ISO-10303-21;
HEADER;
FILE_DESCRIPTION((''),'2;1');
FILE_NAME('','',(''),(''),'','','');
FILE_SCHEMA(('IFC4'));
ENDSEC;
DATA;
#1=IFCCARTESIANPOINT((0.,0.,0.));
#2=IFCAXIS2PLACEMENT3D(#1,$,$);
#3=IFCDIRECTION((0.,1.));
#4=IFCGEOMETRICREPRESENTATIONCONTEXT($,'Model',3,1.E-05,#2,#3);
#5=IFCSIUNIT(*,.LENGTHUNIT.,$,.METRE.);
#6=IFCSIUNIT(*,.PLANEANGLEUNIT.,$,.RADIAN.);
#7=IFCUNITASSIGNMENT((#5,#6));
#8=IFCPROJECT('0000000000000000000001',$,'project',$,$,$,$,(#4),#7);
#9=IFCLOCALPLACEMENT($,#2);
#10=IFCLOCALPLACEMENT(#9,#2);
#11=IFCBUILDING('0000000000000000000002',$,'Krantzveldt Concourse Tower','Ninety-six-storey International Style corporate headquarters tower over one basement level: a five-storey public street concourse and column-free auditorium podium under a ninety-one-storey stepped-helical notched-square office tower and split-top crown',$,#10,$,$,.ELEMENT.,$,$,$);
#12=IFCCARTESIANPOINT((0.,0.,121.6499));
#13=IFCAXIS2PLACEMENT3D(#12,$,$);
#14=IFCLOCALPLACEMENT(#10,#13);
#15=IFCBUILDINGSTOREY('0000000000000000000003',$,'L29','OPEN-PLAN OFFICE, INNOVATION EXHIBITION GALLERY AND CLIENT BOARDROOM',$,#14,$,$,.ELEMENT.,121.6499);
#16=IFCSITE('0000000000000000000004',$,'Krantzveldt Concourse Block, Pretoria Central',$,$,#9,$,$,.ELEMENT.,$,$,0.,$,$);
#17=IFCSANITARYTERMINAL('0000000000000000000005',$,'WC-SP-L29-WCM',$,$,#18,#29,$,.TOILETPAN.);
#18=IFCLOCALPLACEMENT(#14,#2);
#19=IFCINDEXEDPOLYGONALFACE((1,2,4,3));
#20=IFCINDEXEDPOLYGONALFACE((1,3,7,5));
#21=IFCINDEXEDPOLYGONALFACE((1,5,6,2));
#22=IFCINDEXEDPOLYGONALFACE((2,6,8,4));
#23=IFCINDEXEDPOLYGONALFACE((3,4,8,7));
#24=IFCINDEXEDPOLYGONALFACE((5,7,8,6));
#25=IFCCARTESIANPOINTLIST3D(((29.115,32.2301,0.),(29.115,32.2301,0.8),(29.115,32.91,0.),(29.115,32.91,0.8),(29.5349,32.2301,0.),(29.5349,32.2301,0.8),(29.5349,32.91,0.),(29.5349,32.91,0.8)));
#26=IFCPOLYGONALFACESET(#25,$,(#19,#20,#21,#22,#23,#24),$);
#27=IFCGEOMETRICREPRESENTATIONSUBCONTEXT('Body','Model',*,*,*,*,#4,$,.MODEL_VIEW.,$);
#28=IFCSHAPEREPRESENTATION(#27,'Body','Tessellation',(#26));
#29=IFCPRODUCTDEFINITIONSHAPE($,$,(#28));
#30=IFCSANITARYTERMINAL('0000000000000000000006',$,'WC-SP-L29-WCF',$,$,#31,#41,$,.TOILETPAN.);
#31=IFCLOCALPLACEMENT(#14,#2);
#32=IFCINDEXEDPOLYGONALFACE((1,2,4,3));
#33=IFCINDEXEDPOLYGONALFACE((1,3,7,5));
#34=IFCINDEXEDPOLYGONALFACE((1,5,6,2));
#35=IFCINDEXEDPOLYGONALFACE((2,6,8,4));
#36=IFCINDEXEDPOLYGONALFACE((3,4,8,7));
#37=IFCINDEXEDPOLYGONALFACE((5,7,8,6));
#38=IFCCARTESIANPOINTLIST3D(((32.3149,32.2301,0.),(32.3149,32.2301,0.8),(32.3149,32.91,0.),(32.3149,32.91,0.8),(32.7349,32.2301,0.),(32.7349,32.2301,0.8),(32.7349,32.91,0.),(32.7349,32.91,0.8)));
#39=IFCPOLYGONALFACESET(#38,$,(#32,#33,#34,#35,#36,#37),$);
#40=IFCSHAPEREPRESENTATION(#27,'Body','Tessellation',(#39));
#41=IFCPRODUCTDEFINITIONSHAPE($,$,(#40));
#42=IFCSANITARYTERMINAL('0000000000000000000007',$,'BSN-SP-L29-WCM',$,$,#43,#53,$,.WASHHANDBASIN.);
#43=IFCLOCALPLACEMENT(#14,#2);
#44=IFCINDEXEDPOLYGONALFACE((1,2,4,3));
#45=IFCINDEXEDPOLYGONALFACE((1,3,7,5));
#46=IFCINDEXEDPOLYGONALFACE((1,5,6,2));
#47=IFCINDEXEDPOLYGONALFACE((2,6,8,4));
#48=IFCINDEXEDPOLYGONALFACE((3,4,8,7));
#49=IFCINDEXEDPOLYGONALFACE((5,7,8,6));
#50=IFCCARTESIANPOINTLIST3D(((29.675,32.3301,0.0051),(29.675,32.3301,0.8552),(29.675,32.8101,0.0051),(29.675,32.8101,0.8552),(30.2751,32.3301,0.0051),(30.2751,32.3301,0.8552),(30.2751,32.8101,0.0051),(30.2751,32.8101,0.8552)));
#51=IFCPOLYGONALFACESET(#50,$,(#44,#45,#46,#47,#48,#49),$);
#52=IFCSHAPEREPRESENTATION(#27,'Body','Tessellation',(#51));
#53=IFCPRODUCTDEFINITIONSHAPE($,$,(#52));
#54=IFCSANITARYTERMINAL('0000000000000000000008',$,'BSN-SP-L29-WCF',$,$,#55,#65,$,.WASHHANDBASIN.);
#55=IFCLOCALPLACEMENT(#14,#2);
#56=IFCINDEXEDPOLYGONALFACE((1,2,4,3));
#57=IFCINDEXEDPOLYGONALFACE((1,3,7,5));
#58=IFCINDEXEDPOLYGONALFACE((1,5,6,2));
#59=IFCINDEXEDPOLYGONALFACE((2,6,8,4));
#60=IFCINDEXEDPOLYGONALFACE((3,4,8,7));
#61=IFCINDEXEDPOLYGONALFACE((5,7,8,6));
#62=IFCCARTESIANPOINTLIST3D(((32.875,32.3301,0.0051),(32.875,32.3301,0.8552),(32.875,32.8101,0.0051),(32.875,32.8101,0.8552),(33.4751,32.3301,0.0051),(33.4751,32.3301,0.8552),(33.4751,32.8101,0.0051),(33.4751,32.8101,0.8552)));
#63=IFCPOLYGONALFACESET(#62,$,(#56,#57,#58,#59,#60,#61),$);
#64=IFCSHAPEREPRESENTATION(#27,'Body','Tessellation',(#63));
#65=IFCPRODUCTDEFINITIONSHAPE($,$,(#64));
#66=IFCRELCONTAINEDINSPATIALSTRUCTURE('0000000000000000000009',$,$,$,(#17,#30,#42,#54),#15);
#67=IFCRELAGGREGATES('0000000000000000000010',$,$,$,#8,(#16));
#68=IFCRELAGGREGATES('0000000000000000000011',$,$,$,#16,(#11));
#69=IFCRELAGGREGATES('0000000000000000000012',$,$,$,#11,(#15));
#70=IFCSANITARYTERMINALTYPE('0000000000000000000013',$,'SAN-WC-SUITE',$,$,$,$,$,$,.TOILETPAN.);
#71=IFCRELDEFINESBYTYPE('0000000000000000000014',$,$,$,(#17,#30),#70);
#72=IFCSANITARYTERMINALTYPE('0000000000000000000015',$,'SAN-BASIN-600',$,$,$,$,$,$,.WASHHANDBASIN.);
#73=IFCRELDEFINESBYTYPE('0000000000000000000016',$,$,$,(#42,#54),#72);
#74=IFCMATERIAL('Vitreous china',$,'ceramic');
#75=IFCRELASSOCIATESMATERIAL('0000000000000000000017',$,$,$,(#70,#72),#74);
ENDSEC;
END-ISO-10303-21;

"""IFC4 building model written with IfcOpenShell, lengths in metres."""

from ifc_helpers import new_model, si_unit, direction, frame, origin, origin_2d, place, context, subcontext, project, spatial, rectangle, extrude, source, transform, mapped, material, type_object, type_shapes, element, save


model = new_model("IFC4")

# Units and contexts
model_context = context("Model", 3, precision=1e-05, world=origin(), true_north=direction((0.0, 1.0)))
body_context = subcontext(model_context, "Body", "Model", "MODEL_VIEW")
ifc_project = project(units=[si_unit("LENGTHUNIT", "METRE"), si_unit("PLANEANGLEUNIT", "RADIAN")], contexts=[model_context])

# Site, building, storey
site_placement = place(None, origin())
site = spatial("IfcSite", under=ifc_project, at=site_placement, Name="Krantzveldt Concourse Block, Pretoria Central", CompositionType="ELEMENT", RefElevation=0.0)
building_placement = place(site_placement, origin())
building = spatial("IfcBuilding", under=site, at=building_placement, Name="Krantzveldt Concourse Tower", Description="Ninety-six-storey International Style corporate headquarters tower over one basement level: a five-storey public street concourse and column-free auditorium podium under a ninety-one-storey stepped-helical notched-square office tower and split-top crown", CompositionType="ELEMENT")
storey_placement = place(building_placement, frame((0.0, 0.0, 121.6499)))
storey = spatial("IfcBuildingStorey", under=building, at=storey_placement, Name="L29", Description="OPEN-PLAN OFFICE, INNOVATION EXHIBITION GALLERY AND CLIENT BOARDROOM", CompositionType="ELEMENT", Elevation=121.6499)

# Sanitary terminals
ifc_material_1 = material(Name="Vitreous china", Category="ceramic")
sanitary_terminal_type_1 = type_object("IfcSanitaryTerminalType", Name="SAN-WC-SUITE", PredefinedType="TOILETPAN", material=ifc_material_1)
shared_shape_1 = source(origin(), body_context, "Body", "SweptSolid", [
    extrude(rectangle(XDim=0.4199, YDim=0.6799, at=origin_2d()), origin(), (0.0, 0.0, 1.0), 0.8),
])
type_shapes(sanitary_terminal_type_1, [shared_shape_1])
for number, where, z_axis, x_axis, name in (
    (1, (29.325, 32.5701, 0.0), (0.0, 0.0, 1.0), (1.0, 0.0, 0.0), "WC-SP-L29-WCM"),
    (2, (32.5249, 32.5701, 0.0), (0.0, 0.0, 1.0), (1.0, 0.0, 0.0), "WC-SP-L29-WCF"),
):
    element("IfcSanitaryTerminal", number, at=place(storey_placement, frame(where, z_axis=z_axis, x_axis=x_axis)), inside=storey, type_object=sanitary_terminal_type_1, Name=name, PredefinedType="TOILETPAN", context=body_context, shape_type="MappedRepresentation", body=[
        mapped(shared_shape_1, transform((0.0, 0.0, 0.0), x_axis=(1.0, 0.0, 0.0), y_axis=(0.0, 1.0, 0.0), z_axis=(0.0, 0.0, 1.0), scale=1.0)),
    ])
sanitary_terminal_type_2 = type_object("IfcSanitaryTerminalType", Name="SAN-BASIN-600", PredefinedType="WASHHANDBASIN", material=ifc_material_1)
shared_shape_2 = source(origin(), body_context, "Body", "SweptSolid", [
    extrude(rectangle(XDim=0.6001, YDim=0.48, at=origin_2d()), origin(), (0.0, 0.0, 1.0), 0.8501),
])
type_shapes(sanitary_terminal_type_2, [shared_shape_2])
for number, where, z_axis, x_axis, name in (
    (3, (29.9751, 32.5701, 0.0051), (0.0, 0.0, 1.0), (1.0, 0.0, 0.0), "BSN-SP-L29-WCM"),
    (4, (33.175, 32.5701, 0.0051), (0.0, 0.0, 1.0), (1.0, 0.0, 0.0), "BSN-SP-L29-WCF"),
):
    element("IfcSanitaryTerminal", number, at=place(storey_placement, frame(where, z_axis=z_axis, x_axis=x_axis)), inside=storey, type_object=sanitary_terminal_type_2, Name=name, PredefinedType="WASHHANDBASIN", context=body_context, shape_type="MappedRepresentation", body=[
        mapped(shared_shape_2, transform((0.0, 0.0, 0.0), x_axis=(1.0, 0.0, 0.0), y_axis=(0.0, 1.0, 0.0), z_axis=(0.0, 0.0, 1.0), scale=1.0)),
    ])

save(model, "model.ifc")
